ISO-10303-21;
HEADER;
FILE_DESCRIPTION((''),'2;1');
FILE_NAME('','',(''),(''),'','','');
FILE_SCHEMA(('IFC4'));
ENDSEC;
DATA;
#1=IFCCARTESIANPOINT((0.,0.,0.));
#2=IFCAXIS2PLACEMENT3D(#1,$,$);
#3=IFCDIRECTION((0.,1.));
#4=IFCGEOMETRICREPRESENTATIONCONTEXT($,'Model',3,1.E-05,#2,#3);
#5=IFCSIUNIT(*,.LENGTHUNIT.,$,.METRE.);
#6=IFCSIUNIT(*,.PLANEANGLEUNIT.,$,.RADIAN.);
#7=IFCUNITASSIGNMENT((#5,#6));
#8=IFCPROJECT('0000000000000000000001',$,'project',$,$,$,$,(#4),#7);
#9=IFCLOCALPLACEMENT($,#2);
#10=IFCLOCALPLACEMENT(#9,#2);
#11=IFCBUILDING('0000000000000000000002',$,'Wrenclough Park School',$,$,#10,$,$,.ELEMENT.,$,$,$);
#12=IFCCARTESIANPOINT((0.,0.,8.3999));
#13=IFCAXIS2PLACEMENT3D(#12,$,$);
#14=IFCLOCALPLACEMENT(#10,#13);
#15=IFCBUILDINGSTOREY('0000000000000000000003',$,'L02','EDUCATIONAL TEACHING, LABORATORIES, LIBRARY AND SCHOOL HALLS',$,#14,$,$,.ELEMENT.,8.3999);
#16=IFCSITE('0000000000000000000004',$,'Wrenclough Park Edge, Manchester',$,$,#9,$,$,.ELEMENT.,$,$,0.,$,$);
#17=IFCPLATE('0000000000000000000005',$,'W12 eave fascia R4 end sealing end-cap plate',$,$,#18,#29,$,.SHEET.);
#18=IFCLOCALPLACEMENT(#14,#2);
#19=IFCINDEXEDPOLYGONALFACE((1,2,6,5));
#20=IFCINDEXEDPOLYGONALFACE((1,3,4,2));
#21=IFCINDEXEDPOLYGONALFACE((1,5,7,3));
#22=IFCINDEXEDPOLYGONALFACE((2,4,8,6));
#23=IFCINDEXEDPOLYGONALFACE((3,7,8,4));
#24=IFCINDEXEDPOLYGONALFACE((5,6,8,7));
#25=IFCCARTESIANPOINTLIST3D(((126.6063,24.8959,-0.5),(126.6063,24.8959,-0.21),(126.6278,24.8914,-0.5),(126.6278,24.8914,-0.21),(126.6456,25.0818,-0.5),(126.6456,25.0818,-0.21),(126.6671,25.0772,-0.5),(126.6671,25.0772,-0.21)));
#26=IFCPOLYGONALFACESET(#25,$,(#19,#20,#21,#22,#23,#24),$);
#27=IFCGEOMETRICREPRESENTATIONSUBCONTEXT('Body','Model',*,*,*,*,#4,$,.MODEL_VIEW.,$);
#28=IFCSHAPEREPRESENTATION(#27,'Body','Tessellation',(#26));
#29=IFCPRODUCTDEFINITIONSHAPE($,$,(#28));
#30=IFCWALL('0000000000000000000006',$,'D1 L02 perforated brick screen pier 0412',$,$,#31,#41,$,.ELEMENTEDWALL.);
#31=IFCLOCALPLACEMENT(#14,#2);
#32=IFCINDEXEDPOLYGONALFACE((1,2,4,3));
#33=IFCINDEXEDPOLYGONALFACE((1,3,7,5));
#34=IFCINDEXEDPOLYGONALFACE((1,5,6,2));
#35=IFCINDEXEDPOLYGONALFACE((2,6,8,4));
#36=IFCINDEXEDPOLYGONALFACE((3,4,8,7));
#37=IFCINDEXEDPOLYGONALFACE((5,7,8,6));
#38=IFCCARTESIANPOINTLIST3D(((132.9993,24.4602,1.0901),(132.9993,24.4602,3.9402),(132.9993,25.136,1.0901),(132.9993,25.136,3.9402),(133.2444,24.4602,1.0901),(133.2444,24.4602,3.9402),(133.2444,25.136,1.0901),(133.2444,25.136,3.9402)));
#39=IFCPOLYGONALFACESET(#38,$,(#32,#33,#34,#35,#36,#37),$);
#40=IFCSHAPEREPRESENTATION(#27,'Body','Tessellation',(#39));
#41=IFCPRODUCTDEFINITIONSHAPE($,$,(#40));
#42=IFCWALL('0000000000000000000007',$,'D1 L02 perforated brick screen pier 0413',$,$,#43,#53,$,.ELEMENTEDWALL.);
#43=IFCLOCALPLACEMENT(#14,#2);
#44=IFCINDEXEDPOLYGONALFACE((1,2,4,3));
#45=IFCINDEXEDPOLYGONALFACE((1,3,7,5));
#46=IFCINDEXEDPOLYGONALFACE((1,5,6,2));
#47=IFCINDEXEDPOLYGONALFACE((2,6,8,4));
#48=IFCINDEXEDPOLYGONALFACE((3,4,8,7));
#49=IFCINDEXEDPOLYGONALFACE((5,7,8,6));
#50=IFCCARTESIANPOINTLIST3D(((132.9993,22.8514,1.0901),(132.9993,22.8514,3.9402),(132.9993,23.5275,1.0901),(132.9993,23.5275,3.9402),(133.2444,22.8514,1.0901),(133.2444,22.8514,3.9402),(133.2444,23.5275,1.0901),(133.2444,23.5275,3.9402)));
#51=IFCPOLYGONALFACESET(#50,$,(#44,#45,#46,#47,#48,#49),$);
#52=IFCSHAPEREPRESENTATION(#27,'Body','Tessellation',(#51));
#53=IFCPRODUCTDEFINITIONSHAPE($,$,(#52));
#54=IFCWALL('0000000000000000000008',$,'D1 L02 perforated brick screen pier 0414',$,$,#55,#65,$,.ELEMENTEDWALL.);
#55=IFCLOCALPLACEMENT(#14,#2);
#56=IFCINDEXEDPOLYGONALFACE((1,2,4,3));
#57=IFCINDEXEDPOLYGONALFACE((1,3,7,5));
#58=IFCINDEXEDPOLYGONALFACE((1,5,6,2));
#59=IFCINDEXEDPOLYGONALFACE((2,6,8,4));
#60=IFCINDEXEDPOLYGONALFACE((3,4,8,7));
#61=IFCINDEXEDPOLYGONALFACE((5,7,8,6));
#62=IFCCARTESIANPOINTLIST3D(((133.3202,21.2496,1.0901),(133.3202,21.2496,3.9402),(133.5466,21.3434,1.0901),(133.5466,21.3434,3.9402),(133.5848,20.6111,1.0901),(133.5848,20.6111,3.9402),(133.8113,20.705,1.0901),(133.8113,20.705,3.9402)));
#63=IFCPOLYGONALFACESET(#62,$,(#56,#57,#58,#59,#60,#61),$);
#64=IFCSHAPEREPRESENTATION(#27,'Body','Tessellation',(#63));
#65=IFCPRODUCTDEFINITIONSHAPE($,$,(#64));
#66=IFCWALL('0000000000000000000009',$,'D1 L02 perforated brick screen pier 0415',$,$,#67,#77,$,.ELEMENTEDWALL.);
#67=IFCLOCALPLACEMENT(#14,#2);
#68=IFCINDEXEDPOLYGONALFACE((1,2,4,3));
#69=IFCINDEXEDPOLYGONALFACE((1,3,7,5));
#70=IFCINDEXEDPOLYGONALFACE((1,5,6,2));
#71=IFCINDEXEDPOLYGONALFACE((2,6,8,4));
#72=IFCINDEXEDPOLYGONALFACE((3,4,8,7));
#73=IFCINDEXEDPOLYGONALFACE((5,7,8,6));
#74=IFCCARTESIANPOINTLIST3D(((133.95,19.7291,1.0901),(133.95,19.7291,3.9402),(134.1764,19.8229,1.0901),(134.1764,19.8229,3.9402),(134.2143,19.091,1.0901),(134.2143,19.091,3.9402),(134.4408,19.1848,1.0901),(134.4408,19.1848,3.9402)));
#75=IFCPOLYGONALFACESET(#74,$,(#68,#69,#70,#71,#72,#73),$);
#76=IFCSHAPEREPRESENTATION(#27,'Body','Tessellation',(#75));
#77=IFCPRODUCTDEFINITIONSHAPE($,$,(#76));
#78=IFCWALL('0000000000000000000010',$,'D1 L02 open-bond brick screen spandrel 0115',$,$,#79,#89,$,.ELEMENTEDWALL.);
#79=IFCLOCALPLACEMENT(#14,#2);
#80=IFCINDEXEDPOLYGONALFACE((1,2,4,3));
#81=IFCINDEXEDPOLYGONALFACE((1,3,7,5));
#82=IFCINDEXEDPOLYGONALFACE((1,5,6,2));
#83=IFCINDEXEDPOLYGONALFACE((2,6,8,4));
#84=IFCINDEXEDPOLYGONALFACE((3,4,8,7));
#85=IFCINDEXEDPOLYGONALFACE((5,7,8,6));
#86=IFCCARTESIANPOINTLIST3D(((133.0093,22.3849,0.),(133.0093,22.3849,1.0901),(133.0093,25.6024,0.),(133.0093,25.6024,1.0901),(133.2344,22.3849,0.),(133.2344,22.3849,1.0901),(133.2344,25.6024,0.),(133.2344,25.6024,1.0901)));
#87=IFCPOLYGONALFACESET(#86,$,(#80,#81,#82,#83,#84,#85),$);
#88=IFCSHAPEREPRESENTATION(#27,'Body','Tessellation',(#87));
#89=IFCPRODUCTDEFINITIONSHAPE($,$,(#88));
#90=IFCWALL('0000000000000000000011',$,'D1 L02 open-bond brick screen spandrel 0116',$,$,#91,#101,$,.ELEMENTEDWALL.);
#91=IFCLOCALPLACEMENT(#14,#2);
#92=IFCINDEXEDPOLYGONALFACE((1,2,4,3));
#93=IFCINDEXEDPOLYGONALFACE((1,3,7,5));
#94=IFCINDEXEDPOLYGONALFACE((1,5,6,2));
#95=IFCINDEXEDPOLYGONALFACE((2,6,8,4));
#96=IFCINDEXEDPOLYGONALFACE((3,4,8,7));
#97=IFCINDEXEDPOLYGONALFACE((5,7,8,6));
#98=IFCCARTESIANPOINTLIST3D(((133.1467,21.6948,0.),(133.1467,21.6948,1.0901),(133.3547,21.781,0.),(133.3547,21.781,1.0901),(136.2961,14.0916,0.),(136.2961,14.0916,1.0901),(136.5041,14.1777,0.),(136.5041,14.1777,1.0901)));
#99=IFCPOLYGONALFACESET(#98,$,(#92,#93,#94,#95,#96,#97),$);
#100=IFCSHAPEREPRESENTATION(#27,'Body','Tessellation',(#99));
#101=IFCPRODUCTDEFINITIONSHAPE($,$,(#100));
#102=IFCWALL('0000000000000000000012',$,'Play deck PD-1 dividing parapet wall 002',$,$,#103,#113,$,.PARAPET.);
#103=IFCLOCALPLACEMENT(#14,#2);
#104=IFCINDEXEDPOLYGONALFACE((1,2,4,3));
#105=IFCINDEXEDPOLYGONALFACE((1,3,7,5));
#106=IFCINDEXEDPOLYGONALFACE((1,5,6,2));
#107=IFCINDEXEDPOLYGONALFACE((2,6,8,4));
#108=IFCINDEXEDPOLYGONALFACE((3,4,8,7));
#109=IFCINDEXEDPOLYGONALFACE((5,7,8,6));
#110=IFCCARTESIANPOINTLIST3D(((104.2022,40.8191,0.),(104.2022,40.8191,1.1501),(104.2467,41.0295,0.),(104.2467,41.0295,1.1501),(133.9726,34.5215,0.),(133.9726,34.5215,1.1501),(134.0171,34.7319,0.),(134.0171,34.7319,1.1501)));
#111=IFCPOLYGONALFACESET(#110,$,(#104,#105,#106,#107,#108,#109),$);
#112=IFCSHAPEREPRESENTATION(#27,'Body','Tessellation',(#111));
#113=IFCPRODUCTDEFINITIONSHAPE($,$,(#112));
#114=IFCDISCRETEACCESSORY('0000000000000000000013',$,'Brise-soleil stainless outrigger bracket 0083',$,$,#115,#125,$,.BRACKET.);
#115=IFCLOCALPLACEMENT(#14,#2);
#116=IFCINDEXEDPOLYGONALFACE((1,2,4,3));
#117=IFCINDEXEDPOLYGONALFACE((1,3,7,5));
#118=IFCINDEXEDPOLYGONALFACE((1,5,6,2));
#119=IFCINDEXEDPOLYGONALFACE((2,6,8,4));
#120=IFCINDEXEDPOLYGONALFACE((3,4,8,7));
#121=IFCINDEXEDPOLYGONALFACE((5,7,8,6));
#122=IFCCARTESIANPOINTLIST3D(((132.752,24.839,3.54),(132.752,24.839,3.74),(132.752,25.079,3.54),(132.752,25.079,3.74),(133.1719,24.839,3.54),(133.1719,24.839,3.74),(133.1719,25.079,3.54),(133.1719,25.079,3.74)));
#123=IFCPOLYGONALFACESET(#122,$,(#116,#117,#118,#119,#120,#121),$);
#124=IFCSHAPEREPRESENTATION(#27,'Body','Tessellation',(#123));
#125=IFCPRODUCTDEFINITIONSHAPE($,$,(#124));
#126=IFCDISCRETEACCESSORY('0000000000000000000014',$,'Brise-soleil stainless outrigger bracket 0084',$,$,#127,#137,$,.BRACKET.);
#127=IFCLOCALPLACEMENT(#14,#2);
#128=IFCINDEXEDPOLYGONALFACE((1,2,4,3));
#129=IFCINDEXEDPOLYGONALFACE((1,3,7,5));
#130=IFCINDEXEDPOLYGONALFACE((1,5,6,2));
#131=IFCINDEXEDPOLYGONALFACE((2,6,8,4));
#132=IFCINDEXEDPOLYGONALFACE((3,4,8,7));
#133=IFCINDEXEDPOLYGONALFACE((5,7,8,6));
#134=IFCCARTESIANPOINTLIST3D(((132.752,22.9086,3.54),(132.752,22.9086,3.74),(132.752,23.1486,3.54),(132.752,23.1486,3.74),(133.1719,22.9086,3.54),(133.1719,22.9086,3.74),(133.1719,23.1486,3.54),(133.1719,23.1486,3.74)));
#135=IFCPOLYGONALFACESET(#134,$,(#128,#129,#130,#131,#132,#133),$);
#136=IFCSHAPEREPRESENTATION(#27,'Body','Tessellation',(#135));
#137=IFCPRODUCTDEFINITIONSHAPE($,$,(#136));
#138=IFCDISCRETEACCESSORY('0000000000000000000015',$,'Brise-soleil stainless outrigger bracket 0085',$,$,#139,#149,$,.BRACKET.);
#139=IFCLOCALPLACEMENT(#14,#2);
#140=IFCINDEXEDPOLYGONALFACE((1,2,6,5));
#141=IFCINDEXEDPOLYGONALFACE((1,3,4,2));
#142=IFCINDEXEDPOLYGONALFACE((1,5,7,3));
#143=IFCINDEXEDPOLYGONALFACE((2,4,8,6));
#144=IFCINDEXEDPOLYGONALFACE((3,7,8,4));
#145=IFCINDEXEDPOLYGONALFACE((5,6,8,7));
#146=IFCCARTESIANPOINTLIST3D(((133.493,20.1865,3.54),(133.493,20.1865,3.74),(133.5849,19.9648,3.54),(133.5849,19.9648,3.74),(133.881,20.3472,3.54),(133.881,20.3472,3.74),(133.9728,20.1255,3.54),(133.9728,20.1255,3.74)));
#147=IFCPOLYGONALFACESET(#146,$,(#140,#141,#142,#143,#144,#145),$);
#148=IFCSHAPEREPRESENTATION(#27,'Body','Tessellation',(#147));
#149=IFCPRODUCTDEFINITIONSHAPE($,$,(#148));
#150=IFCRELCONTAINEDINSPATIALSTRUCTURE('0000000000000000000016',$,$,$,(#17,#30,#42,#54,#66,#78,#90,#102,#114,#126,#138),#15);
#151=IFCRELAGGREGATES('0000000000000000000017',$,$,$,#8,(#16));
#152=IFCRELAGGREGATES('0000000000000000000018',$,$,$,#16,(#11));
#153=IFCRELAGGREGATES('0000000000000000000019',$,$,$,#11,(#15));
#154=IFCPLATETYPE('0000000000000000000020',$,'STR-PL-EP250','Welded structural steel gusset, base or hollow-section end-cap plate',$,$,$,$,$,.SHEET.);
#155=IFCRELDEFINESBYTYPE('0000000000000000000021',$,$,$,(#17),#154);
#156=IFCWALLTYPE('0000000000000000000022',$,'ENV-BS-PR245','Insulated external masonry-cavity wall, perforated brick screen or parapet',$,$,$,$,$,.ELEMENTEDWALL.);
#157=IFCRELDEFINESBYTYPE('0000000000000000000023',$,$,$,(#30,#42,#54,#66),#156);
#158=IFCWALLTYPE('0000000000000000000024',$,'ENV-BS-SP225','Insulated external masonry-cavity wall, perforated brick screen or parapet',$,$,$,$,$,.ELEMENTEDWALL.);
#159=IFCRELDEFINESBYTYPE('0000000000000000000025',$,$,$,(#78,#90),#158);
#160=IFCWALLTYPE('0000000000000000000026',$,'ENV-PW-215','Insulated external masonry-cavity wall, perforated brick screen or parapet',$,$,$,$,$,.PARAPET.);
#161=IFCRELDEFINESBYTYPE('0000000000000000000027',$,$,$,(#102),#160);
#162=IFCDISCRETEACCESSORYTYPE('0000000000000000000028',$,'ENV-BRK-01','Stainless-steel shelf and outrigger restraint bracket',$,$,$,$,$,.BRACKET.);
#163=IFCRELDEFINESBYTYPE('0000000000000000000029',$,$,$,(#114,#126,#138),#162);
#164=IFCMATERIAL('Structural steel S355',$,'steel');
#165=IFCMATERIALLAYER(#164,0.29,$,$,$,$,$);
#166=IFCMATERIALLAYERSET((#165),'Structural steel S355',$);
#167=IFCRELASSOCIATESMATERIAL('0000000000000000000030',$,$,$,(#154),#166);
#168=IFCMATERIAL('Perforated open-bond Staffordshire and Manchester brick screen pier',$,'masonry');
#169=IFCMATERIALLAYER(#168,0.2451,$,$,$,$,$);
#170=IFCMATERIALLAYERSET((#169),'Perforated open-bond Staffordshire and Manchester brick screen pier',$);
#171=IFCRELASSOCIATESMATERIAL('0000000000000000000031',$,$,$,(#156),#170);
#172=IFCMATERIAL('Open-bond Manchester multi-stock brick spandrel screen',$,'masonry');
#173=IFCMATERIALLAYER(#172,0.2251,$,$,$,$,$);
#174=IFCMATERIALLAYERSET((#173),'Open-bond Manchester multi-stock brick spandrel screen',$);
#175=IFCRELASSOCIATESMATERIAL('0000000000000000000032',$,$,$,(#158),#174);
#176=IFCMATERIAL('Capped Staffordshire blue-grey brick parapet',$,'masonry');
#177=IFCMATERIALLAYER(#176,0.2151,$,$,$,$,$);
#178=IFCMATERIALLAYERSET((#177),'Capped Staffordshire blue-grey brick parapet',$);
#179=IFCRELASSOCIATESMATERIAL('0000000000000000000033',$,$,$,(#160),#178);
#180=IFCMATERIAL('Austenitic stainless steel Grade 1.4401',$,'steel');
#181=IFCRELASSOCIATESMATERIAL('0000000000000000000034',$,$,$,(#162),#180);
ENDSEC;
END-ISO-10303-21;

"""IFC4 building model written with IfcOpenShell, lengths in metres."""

from ifc_helpers import new_model, si_unit, direction, frame, frame_2d, origin, origin_2d, place, context, subcontext, project, spatial, rectangle, extrude, material, layer, layer_set, type_object, element, save


model = new_model("IFC4")

# Units and contexts
model_context = context("Model", 3, precision=1e-05, world=origin(), true_north=direction((0.0, 1.0)))
body_context = subcontext(model_context, "Body", "Model", "MODEL_VIEW")
ifc_project = project(units=[si_unit("LENGTHUNIT", "METRE"), si_unit("PLANEANGLEUNIT", "RADIAN")], contexts=[model_context])

# Site, building, storey
site_placement = place(None, origin())
site = spatial("IfcSite", under=ifc_project, at=site_placement, Name="Wrenclough Park Edge, Manchester", CompositionType="ELEMENT", RefElevation=0.0)
building_placement = place(site_placement, origin())
building = spatial("IfcBuilding", under=site, at=building_placement, Name="Wrenclough Park School", CompositionType="ELEMENT")
storey_placement = place(building_placement, frame((0.0, 0.0, 8.3999)))
storey = spatial("IfcBuildingStorey", under=building, at=storey_placement, Name="L02", Description="EDUCATIONAL TEACHING, LABORATORIES, LIBRARY AND SCHOOL HALLS", CompositionType="ELEMENT", Elevation=8.3999)

# Shared definitions
ifc_material_1 = material(Name="Structural steel S355", Category="steel")

# Plate
ifc_layer_1 = layer(ifc_material_1, 0.29)
ifc_layer_set_1 = layer_set([ifc_layer_1], Name="Structural steel S355")
plate_type_1 = type_object("IfcPlateType", Name="STR-PL-EP250", Description="Welded structural steel gusset, base or hollow-section end-cap plate", PredefinedType="SHEET", material=ifc_layer_set_1)
for number, where, z_axis, x_axis, name in (
    (1, (126.6367, 24.9866, -0.5), (0.0, 0.0, 1.0), (0.978365, -0.206887, 0.0), "W12 eave fascia R4 end sealing end-cap plate"),
):
    element("IfcPlate", number, at=place(storey_placement, frame(where, z_axis=z_axis, x_axis=x_axis)), inside=storey, type_object=plate_type_1, Name=name, PredefinedType="SHEET", context=body_context, shape_type="SweptSolid", body=[
        extrude(rectangle(XDim=0.022, YDim=0.1899, at=origin_2d()), origin(), (0.0, 0.0, 1.0), 0.29),
    ])

# Walls
ifc_material_2 = material(Name="Perforated open-bond Staffordshire and Manchester brick screen pier", Category="masonry")
ifc_layer_2 = layer(ifc_material_2, 0.2451)
ifc_layer_set_2 = layer_set([ifc_layer_2], Name="Perforated open-bond Staffordshire and Manchester brick screen pier")
wall_type_1 = type_object("IfcWallType", Name="ENV-BS-PR245", Description="Insulated external masonry-cavity wall, perforated brick screen or parapet", PredefinedType="ELEMENTEDWALL", material=ifc_layer_set_2)
wall_1_placement = place(storey_placement, frame((133.1218, 25.136, 1.0901), z_axis=(0.0, 0.0, 1.0), x_axis=(0.0, -1.0, 0.0)))
element("IfcWall", 2, at=wall_1_placement, inside=storey, type_object=wall_type_1, Name="D1 L02 perforated brick screen pier 0412", PredefinedType="ELEMENTEDWALL", context=body_context, shape_type="SweptSolid", body=[
    extrude(rectangle(XDim=0.6758, YDim=0.2451, at=frame_2d((0.3379, 0.0))), origin(), (0.0, 0.0, 1.0), 2.8501),
])
wall_2_placement = place(storey_placement, frame((133.1218, 23.5273, 1.0901), z_axis=(0.0, 0.0, 1.0), x_axis=(0.0, -1.0, 0.0)))
element("IfcWall", 3, at=wall_2_placement, inside=storey, type_object=wall_type_1, Name="D1 L02 perforated brick screen pier 0413", PredefinedType="ELEMENTEDWALL", context=body_context, shape_type="SweptSolid", body=[
    extrude(rectangle(XDim=0.676, YDim=0.2451, at=frame_2d((0.3379, 0.0))), origin(), (0.0, 0.0, 1.0), 2.8501),
])
wall_3_placement = place(storey_placement, frame((133.4333, 21.2966, 1.0901), z_axis=(0.0, 0.0, 1.0), x_axis=(0.382934, -0.923776, 0.0)))
element("IfcWall", 4, at=wall_3_placement, inside=storey, type_object=wall_type_1, Name="D1 L02 perforated brick screen pier 0414", PredefinedType="ELEMENTEDWALL", context=body_context, shape_type="SweptSolid", body=[
    extrude(rectangle(XDim=0.6912, YDim=0.2451, at=frame_2d((0.3457, 0.0))), origin(), (0.0, 0.0, 1.0), 2.8501),
])
wall_4_placement = place(storey_placement, frame((134.0632, 19.7759, 1.0901), z_axis=(0.0, 0.0, 1.0), x_axis=(0.382758, -0.923849, 0.0)))
element("IfcWall", 5, at=wall_4_placement, inside=storey, type_object=wall_type_1, Name="D1 L02 perforated brick screen pier 0415", PredefinedType="ELEMENTEDWALL", context=body_context, shape_type="SweptSolid", body=[
    extrude(rectangle(XDim=0.6907, YDim=0.2451, at=frame_2d((0.3452, 0.0))), origin(), (0.0, 0.0, 1.0), 2.8501),
])
ifc_material_3 = material(Name="Open-bond Manchester multi-stock brick spandrel screen", Category="masonry")
ifc_layer_3 = layer(ifc_material_3, 0.2251)
ifc_layer_set_3 = layer_set([ifc_layer_3], Name="Open-bond Manchester multi-stock brick spandrel screen")
wall_type_2 = type_object("IfcWallType", Name="ENV-BS-SP225", Description="Insulated external masonry-cavity wall, perforated brick screen or parapet", PredefinedType="ELEMENTEDWALL", material=ifc_layer_set_3)
wall_5_placement = place(storey_placement, frame((133.1218, 25.6025, 0.0), z_axis=(0.0, 0.0, 1.0), x_axis=(0.0, -1.0, 0.0)))
element("IfcWall", 6, at=wall_5_placement, inside=storey, type_object=wall_type_2, Name="D1 L02 open-bond brick screen spandrel 0115", PredefinedType="ELEMENTEDWALL", context=body_context, shape_type="SweptSolid", body=[
    extrude(rectangle(XDim=3.2175, YDim=0.2251, at=frame_2d((1.6089, 0.0))), origin(), (0.0, 0.0, 1.0), 1.0901),
])
wall_6_placement = place(storey_placement, frame((133.2507, 21.7378, 0.0), z_axis=(0.0, 0.0, 1.0), x_axis=(0.382687, -0.923878, 0.0)))
element("IfcWall", 7, at=wall_6_placement, inside=storey, type_object=wall_type_2, Name="D1 L02 open-bond brick screen spandrel 0116", PredefinedType="ELEMENTEDWALL", context=body_context, shape_type="SweptSolid", body=[
    extrude(rectangle(XDim=8.2297, YDim=0.2251, at=frame_2d((4.1147, 0.0))), origin(), (0.0, 0.0, 1.0), 1.0901),
])

# Wall
ifc_material_4 = material(Name="Capped Staffordshire blue-grey brick parapet", Category="masonry")
ifc_layer_4 = layer(ifc_material_4, 0.2151)
ifc_layer_set_4 = layer_set([ifc_layer_4], Name="Capped Staffordshire blue-grey brick parapet")
wall_type_3 = type_object("IfcWallType", Name="ENV-PW-215", Description="Insulated external masonry-cavity wall, perforated brick screen or parapet", PredefinedType="PARAPET", material=ifc_layer_set_4)
wall_7_placement = place(storey_placement, frame((133.9949, 34.6267, 0.0), z_axis=(0.0, 0.0, 1.0), x_axis=(-0.97835, 0.206959, 0.0)))
element("IfcWall", 8, at=wall_7_placement, inside=storey, type_object=wall_type_3, Name="Play deck PD-1 dividing parapet wall 002", PredefinedType="PARAPET", context=body_context, shape_type="SweptSolid", body=[
    extrude(rectangle(XDim=30.4292, YDim=0.2151, at=frame_2d((15.2146, 0.0))), origin(), (0.0, 0.0, 1.0), 1.1501),
])

# Discrete accessories
ifc_material_5 = material(Name="Austenitic stainless steel Grade 1.4401", Category="steel")
discrete_accessory_type = type_object("IfcDiscreteAccessoryType", Name="ENV-BRK-01", Description="Stainless-steel shelf and outrigger restraint bracket", PredefinedType="BRACKET", material=ifc_material_5)
for number, where, z_axis, x_axis, name in (
    (9, (132.9619, 24.959, 3.54), (0.0, 0.0, 1.0), (0.0, -1.0, 0.0), "Brise-soleil stainless outrigger bracket 0083"),
    (10, (132.9619, 23.0286, 3.54), (0.0, 0.0, 1.0), (0.0, -1.0, 0.0), "Brise-soleil stainless outrigger bracket 0084"),
    (11, (133.7329, 20.156, 3.54), (0.0, 0.0, 1.0), (0.382684, -0.923879, 0.0), "Brise-soleil stainless outrigger bracket 0085"),
):
    element("IfcDiscreteAccessory", number, at=place(storey_placement, frame(where, z_axis=z_axis, x_axis=x_axis)), inside=storey, type_object=discrete_accessory_type, Name=name, PredefinedType="BRACKET", context=body_context, shape_type="SweptSolid", body=[
        extrude(rectangle(XDim=0.24, YDim=0.4199, at=origin_2d()), origin(), (0.0, 0.0, 1.0), 0.2),
    ])

save(model, "model.ifc")
